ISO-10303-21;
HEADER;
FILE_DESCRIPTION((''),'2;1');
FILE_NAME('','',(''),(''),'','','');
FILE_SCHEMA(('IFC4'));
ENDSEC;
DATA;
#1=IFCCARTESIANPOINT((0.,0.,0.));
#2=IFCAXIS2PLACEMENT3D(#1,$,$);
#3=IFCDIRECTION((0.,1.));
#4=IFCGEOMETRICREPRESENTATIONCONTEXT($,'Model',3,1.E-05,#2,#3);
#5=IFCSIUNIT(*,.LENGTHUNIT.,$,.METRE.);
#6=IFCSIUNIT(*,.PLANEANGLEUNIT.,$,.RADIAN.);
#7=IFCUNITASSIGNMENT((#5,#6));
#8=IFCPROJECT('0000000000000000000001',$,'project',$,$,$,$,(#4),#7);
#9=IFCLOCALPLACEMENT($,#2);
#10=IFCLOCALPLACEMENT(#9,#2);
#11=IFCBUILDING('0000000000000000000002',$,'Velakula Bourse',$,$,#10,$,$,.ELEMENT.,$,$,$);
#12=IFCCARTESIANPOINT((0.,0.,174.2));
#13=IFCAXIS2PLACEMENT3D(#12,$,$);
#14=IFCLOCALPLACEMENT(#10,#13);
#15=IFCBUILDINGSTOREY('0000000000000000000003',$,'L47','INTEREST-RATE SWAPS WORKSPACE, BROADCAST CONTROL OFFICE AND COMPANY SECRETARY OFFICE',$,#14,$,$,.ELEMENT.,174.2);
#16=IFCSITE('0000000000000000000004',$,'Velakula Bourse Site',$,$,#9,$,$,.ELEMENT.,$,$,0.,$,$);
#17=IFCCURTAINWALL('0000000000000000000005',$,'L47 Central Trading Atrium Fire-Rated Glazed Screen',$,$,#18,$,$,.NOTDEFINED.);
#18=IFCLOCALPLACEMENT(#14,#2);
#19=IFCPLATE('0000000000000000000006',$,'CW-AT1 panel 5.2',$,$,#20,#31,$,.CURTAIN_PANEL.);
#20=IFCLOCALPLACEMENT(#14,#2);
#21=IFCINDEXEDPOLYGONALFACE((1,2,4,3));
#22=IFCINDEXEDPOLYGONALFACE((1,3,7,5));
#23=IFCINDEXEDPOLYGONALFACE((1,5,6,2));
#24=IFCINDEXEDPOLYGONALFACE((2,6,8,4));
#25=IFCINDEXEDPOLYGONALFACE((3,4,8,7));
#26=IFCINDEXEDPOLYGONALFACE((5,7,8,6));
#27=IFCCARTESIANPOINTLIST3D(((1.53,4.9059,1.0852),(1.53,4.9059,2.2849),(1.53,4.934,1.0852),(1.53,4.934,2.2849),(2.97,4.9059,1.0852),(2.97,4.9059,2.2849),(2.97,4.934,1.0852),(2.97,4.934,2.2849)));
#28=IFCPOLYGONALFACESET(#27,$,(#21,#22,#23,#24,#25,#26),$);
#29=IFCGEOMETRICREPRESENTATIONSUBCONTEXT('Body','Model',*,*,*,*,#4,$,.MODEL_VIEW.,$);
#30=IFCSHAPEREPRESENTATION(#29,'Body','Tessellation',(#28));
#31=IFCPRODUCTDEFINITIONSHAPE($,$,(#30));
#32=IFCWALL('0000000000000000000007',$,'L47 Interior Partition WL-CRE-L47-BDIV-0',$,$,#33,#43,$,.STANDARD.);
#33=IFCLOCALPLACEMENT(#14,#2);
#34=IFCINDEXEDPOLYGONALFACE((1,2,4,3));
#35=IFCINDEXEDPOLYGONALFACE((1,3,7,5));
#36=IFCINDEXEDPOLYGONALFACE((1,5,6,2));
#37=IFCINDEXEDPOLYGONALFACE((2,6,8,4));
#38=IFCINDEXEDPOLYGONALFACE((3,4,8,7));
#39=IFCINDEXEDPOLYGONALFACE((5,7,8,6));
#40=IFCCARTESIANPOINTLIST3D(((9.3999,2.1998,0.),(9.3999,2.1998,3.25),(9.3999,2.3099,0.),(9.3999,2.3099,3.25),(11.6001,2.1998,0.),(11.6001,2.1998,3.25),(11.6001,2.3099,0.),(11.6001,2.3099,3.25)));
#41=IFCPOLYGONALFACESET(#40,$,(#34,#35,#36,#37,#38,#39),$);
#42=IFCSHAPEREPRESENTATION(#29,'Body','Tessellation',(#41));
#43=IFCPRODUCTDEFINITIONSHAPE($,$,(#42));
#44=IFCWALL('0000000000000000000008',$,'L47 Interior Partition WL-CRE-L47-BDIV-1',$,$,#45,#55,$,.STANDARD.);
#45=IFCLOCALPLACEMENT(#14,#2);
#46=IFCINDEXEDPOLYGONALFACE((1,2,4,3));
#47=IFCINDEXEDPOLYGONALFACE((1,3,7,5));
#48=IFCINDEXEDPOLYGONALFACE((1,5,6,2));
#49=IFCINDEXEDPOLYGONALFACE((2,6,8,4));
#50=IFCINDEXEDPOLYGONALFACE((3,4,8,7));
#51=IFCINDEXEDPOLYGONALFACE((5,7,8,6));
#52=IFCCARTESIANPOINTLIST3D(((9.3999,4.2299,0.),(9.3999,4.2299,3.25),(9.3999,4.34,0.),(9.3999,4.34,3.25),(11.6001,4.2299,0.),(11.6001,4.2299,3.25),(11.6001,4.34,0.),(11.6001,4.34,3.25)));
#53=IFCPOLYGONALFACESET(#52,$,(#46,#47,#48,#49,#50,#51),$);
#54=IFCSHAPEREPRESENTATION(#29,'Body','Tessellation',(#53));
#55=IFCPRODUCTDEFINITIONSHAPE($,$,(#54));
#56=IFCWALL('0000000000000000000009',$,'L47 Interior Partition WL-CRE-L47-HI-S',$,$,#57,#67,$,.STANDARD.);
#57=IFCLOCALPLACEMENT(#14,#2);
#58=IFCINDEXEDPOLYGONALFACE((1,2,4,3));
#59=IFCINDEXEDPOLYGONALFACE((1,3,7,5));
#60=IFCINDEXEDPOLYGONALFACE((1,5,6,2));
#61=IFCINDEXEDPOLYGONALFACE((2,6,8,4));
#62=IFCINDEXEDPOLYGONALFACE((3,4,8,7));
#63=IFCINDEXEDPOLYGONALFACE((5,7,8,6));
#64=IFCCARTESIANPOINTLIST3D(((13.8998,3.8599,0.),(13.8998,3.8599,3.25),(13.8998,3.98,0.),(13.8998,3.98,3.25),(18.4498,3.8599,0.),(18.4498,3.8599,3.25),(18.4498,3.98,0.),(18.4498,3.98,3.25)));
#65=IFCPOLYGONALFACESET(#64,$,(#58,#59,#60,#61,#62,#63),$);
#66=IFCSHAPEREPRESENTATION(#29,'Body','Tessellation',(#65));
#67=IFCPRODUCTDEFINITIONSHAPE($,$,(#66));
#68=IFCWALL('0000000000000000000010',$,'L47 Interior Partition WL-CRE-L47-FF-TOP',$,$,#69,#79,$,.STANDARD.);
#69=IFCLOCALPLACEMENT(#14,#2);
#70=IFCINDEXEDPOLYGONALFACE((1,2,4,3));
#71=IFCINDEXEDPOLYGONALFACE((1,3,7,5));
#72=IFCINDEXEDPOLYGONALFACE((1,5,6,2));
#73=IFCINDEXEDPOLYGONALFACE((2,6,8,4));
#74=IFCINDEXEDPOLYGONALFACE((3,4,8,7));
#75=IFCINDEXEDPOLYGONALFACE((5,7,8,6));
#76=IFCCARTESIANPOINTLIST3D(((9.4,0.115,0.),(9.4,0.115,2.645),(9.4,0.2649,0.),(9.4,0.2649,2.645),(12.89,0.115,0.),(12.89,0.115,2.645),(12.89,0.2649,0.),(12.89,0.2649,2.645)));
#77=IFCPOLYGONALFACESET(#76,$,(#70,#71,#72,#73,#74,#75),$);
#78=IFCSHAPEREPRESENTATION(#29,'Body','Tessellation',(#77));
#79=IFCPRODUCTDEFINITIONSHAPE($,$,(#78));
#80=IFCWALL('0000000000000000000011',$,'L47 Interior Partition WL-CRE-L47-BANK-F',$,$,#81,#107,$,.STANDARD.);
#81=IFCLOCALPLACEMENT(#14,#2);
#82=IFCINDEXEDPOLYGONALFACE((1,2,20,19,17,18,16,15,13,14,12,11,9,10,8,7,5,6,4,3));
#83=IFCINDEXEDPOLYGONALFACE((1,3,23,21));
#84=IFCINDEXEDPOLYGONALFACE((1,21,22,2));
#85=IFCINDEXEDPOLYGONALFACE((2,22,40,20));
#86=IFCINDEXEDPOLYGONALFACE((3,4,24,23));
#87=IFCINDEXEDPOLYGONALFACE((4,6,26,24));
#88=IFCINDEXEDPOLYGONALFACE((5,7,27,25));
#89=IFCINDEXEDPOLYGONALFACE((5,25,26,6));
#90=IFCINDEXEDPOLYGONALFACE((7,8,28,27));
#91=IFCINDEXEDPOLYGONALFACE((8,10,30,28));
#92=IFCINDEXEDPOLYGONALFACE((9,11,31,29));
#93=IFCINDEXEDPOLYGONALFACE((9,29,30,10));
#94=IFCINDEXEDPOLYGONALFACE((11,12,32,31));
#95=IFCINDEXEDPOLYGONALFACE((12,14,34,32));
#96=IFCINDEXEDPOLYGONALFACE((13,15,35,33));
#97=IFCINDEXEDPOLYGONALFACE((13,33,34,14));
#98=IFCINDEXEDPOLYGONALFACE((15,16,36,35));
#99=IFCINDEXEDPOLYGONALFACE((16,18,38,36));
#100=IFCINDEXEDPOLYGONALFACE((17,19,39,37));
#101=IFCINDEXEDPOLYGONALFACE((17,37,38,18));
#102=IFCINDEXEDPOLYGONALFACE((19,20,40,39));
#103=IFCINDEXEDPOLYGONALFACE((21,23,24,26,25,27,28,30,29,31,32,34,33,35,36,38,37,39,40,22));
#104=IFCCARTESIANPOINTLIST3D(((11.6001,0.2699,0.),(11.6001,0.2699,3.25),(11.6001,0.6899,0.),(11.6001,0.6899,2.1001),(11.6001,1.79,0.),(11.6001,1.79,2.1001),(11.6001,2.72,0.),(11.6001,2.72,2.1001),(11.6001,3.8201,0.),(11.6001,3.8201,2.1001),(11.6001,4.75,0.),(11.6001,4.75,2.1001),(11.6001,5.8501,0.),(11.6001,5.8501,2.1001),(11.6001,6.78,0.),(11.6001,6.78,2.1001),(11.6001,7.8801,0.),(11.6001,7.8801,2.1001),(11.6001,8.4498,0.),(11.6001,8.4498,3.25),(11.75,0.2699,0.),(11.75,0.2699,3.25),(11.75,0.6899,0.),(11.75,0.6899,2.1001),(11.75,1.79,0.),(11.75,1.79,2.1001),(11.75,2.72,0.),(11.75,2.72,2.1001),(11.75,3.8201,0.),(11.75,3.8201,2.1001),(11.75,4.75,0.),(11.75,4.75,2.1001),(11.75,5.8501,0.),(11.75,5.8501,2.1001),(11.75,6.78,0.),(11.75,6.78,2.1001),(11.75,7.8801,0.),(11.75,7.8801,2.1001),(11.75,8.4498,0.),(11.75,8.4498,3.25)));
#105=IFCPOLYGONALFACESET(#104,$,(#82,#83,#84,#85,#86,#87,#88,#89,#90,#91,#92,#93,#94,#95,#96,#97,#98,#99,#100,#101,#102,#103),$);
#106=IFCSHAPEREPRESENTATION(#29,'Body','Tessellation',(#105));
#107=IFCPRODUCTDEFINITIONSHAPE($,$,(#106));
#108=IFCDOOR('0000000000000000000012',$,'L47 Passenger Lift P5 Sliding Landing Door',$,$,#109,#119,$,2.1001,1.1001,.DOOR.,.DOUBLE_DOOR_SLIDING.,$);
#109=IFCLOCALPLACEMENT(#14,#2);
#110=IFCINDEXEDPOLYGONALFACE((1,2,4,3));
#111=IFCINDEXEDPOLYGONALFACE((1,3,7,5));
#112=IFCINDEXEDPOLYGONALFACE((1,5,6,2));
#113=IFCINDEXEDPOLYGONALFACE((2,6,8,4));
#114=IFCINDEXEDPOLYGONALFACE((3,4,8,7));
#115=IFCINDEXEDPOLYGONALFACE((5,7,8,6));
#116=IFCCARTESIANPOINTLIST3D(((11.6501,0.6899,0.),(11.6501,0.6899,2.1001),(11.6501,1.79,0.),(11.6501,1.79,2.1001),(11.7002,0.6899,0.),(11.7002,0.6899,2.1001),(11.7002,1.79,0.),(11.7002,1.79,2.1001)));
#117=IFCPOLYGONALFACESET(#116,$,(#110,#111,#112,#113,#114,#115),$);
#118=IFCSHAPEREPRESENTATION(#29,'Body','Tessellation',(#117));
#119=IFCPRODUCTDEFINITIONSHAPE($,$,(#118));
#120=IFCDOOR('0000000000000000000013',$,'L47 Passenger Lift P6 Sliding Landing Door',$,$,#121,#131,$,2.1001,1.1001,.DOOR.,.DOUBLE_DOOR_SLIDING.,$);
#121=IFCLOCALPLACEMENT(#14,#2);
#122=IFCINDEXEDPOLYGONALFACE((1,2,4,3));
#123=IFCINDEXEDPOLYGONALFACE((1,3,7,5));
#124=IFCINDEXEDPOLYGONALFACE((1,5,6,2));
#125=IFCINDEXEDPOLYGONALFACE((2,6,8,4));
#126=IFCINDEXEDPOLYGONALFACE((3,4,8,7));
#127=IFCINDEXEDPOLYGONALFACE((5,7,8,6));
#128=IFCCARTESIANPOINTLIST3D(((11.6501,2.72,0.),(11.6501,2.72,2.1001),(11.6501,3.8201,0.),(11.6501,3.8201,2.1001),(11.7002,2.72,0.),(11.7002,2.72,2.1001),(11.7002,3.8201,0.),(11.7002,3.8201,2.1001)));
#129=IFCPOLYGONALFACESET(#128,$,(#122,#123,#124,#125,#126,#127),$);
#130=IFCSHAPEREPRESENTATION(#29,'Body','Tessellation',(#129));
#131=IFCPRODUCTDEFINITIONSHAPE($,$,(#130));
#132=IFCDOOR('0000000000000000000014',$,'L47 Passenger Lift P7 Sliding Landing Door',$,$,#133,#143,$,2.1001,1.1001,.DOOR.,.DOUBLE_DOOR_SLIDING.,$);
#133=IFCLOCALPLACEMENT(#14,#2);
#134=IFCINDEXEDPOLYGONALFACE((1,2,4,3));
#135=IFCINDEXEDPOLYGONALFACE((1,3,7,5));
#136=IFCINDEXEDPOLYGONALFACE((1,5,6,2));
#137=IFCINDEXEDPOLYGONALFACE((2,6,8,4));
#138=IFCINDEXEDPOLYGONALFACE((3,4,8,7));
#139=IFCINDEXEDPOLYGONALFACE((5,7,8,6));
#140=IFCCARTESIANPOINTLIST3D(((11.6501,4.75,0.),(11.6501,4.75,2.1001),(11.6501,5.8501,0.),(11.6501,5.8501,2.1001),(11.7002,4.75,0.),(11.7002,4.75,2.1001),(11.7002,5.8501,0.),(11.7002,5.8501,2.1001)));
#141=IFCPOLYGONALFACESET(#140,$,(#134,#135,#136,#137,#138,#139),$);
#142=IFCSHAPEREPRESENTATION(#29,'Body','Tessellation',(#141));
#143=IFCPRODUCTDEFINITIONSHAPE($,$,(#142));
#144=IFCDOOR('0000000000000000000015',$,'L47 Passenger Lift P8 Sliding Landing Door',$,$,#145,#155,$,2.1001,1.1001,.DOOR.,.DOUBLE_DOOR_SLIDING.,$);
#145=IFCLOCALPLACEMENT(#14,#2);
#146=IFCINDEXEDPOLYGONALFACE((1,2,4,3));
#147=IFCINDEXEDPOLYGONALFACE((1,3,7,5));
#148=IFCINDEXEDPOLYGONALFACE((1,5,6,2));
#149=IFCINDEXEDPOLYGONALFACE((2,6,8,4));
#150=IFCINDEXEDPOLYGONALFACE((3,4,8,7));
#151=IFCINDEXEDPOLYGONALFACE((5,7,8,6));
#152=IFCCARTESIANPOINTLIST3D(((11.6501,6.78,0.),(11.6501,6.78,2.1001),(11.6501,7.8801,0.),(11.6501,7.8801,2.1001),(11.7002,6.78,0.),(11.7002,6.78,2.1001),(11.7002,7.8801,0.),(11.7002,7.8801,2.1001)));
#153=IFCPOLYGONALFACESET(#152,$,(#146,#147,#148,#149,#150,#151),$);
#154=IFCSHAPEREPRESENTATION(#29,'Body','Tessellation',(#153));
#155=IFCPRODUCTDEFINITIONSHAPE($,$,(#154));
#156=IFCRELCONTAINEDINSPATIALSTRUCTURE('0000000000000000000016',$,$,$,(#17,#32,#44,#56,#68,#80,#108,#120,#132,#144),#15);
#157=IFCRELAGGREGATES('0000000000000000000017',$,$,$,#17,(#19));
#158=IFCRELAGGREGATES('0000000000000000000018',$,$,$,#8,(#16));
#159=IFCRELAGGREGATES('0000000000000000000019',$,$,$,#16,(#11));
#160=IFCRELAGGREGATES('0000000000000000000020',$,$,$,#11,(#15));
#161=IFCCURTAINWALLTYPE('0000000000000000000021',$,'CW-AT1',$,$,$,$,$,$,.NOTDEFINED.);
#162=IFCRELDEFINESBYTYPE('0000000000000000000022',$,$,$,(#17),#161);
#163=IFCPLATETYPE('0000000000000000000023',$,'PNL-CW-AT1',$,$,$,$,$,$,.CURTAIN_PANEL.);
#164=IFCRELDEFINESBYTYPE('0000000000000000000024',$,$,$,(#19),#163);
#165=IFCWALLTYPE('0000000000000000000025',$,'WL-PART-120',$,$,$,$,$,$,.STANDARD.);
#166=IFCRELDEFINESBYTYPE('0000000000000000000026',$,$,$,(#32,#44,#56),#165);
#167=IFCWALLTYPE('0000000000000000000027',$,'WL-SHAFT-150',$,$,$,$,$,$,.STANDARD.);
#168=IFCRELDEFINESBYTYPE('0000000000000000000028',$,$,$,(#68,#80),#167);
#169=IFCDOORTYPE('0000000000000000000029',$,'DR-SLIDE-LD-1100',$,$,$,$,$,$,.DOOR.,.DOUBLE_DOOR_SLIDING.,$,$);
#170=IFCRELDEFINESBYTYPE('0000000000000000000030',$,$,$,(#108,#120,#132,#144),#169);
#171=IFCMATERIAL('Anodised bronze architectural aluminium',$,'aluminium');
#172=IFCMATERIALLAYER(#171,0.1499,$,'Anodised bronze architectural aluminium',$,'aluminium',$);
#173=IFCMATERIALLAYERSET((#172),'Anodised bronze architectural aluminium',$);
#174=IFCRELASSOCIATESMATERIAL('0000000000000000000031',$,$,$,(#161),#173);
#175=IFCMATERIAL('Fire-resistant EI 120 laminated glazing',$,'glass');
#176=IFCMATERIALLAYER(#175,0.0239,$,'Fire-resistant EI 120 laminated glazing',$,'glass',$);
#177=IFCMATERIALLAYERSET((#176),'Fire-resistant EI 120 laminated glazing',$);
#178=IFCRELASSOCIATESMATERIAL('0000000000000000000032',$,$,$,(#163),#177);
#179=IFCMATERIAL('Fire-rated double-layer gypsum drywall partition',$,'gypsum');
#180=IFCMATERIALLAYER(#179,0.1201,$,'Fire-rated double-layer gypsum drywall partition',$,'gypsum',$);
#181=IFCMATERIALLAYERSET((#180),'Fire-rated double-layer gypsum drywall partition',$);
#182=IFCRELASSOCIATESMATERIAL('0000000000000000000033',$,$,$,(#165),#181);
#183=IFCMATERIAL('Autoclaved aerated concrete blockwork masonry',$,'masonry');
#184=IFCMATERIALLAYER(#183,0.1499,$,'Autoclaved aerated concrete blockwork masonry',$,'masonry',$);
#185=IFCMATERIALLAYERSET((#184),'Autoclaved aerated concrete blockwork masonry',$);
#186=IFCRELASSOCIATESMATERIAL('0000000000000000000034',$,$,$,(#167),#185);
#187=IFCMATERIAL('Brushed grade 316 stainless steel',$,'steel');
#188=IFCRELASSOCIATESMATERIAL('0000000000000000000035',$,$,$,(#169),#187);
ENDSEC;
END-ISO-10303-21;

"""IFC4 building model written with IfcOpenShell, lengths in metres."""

from ifc_helpers import new_model, si_unit, direction, frame, frame_2d, origin, origin_2d, place, context, subcontext, project, spatial, rectangle, extrude, material, layer, layer_set, type_object, element, fill, aggregate, save


model = new_model("IFC4")

# Units and contexts
model_context = context("Model", 3, precision=1e-05, world=origin(), true_north=direction((0.0, 1.0)))
body_context = subcontext(model_context, "Body", "Model", "MODEL_VIEW")
ifc_project = project(units=[si_unit("LENGTHUNIT", "METRE"), si_unit("PLANEANGLEUNIT", "RADIAN")], contexts=[model_context])

# Site, building, storey
site_placement = place(None, origin())
site = spatial("IfcSite", under=ifc_project, at=site_placement, Name="Velakula Bourse Site", CompositionType="ELEMENT", RefElevation=0.0)
building_placement = place(site_placement, origin())
building = spatial("IfcBuilding", under=site, at=building_placement, Name="Velakula Bourse", CompositionType="ELEMENT")
storey_placement = place(building_placement, frame((0.0, 0.0, 174.2)))
storey = spatial("IfcBuildingStorey", under=building, at=storey_placement, Name="L47", Description="INTEREST-RATE SWAPS WORKSPACE, BROADCAST CONTROL OFFICE AND COMPANY SECRETARY OFFICE", CompositionType="ELEMENT", Elevation=174.2)

# Curtain wall, plate
ifc_material_1 = material(Name="Anodised bronze architectural aluminium", Category="aluminium")
ifc_layer_1 = layer(ifc_material_1, 0.1499, Name="Anodised bronze architectural aluminium", Category="aluminium")
ifc_layer_set_1 = layer_set([ifc_layer_1], Name="Anodised bronze architectural aluminium")
curtain_wall_type = type_object("IfcCurtainWallType", Name="CW-AT1", PredefinedType="NOTDEFINED", material=ifc_layer_set_1)
curtain_wall_placement = place(storey_placement, origin())
curtain_wall = element("IfcCurtainWall", 1, at=curtain_wall_placement, inside=storey, type_object=curtain_wall_type, Name="L47 Central Trading Atrium Fire-Rated Glazed Screen", PredefinedType="NOTDEFINED")
ifc_material_2 = material(Name="Fire-resistant EI 120 laminated glazing", Category="glass")
ifc_layer_2 = layer(ifc_material_2, 0.0239, Name="Fire-resistant EI 120 laminated glazing", Category="glass")
ifc_layer_set_2 = layer_set([ifc_layer_2], Name="Fire-resistant EI 120 laminated glazing")
plate_type = type_object("IfcPlateType", Name="PNL-CW-AT1", PredefinedType="CURTAIN_PANEL", material=ifc_layer_set_2)
plate_1_placement = place(storey_placement, frame((2.25, 4.9199, 1.0852), z_axis=(0.0, 0.0, 1.0), x_axis=(1.0, 0.0, 0.0)))
plate_1 = element("IfcPlate", 2, at=plate_1_placement, type_object=plate_type, Name="CW-AT1 panel 5.2", PredefinedType="CURTAIN_PANEL", context=body_context, shape_type="SweptSolid", body=[
    extrude(rectangle(XDim=1.4399, YDim=0.0281, at=origin_2d()), origin(), (0.0, 0.0, 1.0), 1.1997),
])
aggregate(curtain_wall, [plate_1])

# Walls
ifc_material_3 = material(Name="Fire-rated double-layer gypsum drywall partition", Category="gypsum")
ifc_layer_3 = layer(ifc_material_3, 0.1201, Name="Fire-rated double-layer gypsum drywall partition", Category="gypsum")
ifc_layer_set_3 = layer_set([ifc_layer_3], Name="Fire-rated double-layer gypsum drywall partition")
wall_type_1 = type_object("IfcWallType", Name="WL-PART-120", PredefinedType="STANDARD", material=ifc_layer_set_3)
for number, where, z_axis, x_axis, name in (
    (3, (9.3999, 2.2549, 0.0), (0.0, 0.0, 1.0), (1.0, 0.0, 0.0), "L47 Interior Partition WL-CRE-L47-BDIV-0"),
    (4, (9.3999, 4.2849, 0.0), (0.0, 0.0, 1.0), (1.0, 0.0, 0.0), "L47 Interior Partition WL-CRE-L47-BDIV-1"),
):
    element("IfcWall", number, at=place(storey_placement, frame(where, z_axis=z_axis, x_axis=x_axis)), inside=storey, type_object=wall_type_1, Name=name, PredefinedType="STANDARD", context=body_context, shape_type="SweptSolid", body=[
        extrude(rectangle(XDim=2.2002, YDim=0.1101, at=frame_2d((1.1001, 0.0))), origin(), (0.0, 0.0, 1.0), 3.25),
    ])
wall_1_placement = place(storey_placement, frame((13.8999, 3.9199, 0.0), z_axis=(0.0, 0.0, 1.0), x_axis=(1.0, 0.0, 0.0)))
element("IfcWall", 5, at=wall_1_placement, inside=storey, type_object=wall_type_1, Name="L47 Interior Partition WL-CRE-L47-HI-S", PredefinedType="STANDARD", context=body_context, shape_type="SweptSolid", body=[
    extrude(rectangle(XDim=4.55, YDim=0.1201, at=frame_2d((2.2749, 0.0))), origin(), (0.0, 0.0, 1.0), 3.25),
])
ifc_material_4 = material(Name="Autoclaved aerated concrete blockwork masonry", Category="masonry")
ifc_layer_4 = layer(ifc_material_4, 0.1499, Name="Autoclaved aerated concrete blockwork masonry", Category="masonry")
ifc_layer_set_4 = layer_set([ifc_layer_4], Name="Autoclaved aerated concrete blockwork masonry")
wall_type_2 = type_object("IfcWallType", Name="WL-SHAFT-150", PredefinedType="STANDARD", material=ifc_layer_set_4)
wall_2_placement = place(storey_placement, frame((9.3999, 0.1899, 0.0), z_axis=(0.0, 0.0, 1.0), x_axis=(1.0, 0.0, 0.0)))
element("IfcWall", 6, at=wall_2_placement, inside=storey, type_object=wall_type_2, Name="L47 Interior Partition WL-CRE-L47-FF-TOP", PredefinedType="STANDARD", context=body_context, shape_type="SweptSolid", body=[
    extrude(rectangle(XDim=3.49, YDim=0.1499, at=frame_2d((1.7451, 0.0))), origin(), (0.0, 0.0, 1.0), 2.645),
])

# Wall, openings, doors
wall_3_placement = place(storey_placement, frame((11.675, 0.27, 0.0), z_axis=(0.0, 0.0, 1.0), x_axis=(0.0, 1.0, 0.0)))
wall_3 = element("IfcWall", 7, at=wall_3_placement, inside=storey, type_object=wall_type_2, Name="L47 Interior Partition WL-CRE-L47-BANK-F", PredefinedType="STANDARD", context=body_context, shape_type="SweptSolid", body=[
    extrude(rectangle(XDim=8.1799, YDim=0.1499, at=frame_2d((4.0898, 0.0))), origin(), (0.0, 0.0, 1.0), 3.25),
])
opening_1_placement = place(wall_3_placement, frame((0.4199, 0.0, 0.0)))
opening_1 = element("IfcOpeningElement", 8, at=opening_1_placement, cuts=wall_3, PredefinedType="OPENING", context=body_context, shape_type="SweptSolid", body=[
    extrude(rectangle(XDim=1.1001, YDim=2.1001, at=frame_2d((0.55, 1.05))), frame((0.0, 0.085, 0.0), z_axis=(0.0, -1.0, 0.0), x_axis=(1.0, 0.0, 0.0)), (0.0, 0.0, 1.0), 0.1699),
])
opening_2_placement = place(wall_3_placement, frame((2.45, 0.0, 0.0)))
opening_2 = element("IfcOpeningElement", 9, at=opening_2_placement, cuts=wall_3, PredefinedType="OPENING", context=body_context, shape_type="SweptSolid", body=[
    extrude(rectangle(XDim=1.1001, YDim=2.1001, at=frame_2d((0.55, 1.05))), frame((0.0, 0.085, 0.0), z_axis=(0.0, -1.0, 0.0), x_axis=(1.0, 0.0, 0.0)), (0.0, 0.0, 1.0), 0.1699),
])
opening_3_placement = place(wall_3_placement, frame((4.48, 0.0, 0.0)))
opening_3 = element("IfcOpeningElement", 10, at=opening_3_placement, cuts=wall_3, PredefinedType="OPENING", context=body_context, shape_type="SweptSolid", body=[
    extrude(rectangle(XDim=1.1001, YDim=2.1001, at=frame_2d((0.55, 1.05))), frame((0.0, 0.085, 0.0), z_axis=(0.0, -1.0, 0.0), x_axis=(1.0, 0.0, 0.0)), (0.0, 0.0, 1.0), 0.1699),
])
opening_4_placement = place(wall_3_placement, frame((6.51, 0.0, 0.0)))
opening_4 = element("IfcOpeningElement", 11, at=opening_4_placement, cuts=wall_3, PredefinedType="OPENING", context=body_context, shape_type="SweptSolid", body=[
    extrude(rectangle(XDim=1.1001, YDim=2.1001, at=frame_2d((0.55, 1.05))), frame((0.0, 0.085, 0.0), z_axis=(0.0, -1.0, 0.0), x_axis=(1.0, 0.0, 0.0)), (0.0, 0.0, 1.0), 0.1699),
])
ifc_material_5 = material(Name="Brushed grade 316 stainless steel", Category="steel")
door_type_1 = type_object("IfcDoorType", Name="DR-SLIDE-LD-1100", OperationType="DOUBLE_DOOR_SLIDING", PredefinedType="DOOR", material=ifc_material_5)
door_1_placement = place(opening_1_placement, origin())
door_1 = element("IfcDoor", 12, at=door_1_placement, inside=storey, type_object=door_type_1, Name="L47 Passenger Lift P5 Sliding Landing Door", OperationType="DOUBLE_DOOR_SLIDING", OverallHeight=2.1001, OverallWidth=1.1001, PredefinedType="DOOR", context=body_context, shape_type="SweptSolid", body=[
    extrude(rectangle(XDim=1.1001, YDim=2.1001, at=frame_2d((0.55, 1.05))), frame((0.0, 0.0249, 0.0), z_axis=(0.0, -1.0, 0.0), x_axis=(1.0, 0.0, 0.0)), (0.0, 0.0, 1.0), 0.05),
])
fill(opening_1, door_1)
door_2_placement = place(opening_2_placement, origin())
door_2 = element("IfcDoor", 13, at=door_2_placement, inside=storey, type_object=door_type_1, Name="L47 Passenger Lift P6 Sliding Landing Door", OperationType="DOUBLE_DOOR_SLIDING", OverallHeight=2.1001, OverallWidth=1.1001, PredefinedType="DOOR", context=body_context, shape_type="SweptSolid", body=[
    extrude(rectangle(XDim=1.1001, YDim=2.1001, at=frame_2d((0.55, 1.05))), frame((0.0, 0.0249, 0.0), z_axis=(0.0, -1.0, 0.0), x_axis=(1.0, 0.0, 0.0)), (0.0, 0.0, 1.0), 0.05),
])
fill(opening_2, door_2)
door_3_placement = place(opening_3_placement, origin())
door_3 = element("IfcDoor", 14, at=door_3_placement, inside=storey, type_object=door_type_1, Name="L47 Passenger Lift P7 Sliding Landing Door", OperationType="DOUBLE_DOOR_SLIDING", OverallHeight=2.1001, OverallWidth=1.1001, PredefinedType="DOOR", context=body_context, shape_type="SweptSolid", body=[
    extrude(rectangle(XDim=1.1001, YDim=2.1001, at=frame_2d((0.55, 1.05))), frame((0.0, 0.0249, 0.0), z_axis=(0.0, -1.0, 0.0), x_axis=(1.0, 0.0, 0.0)), (0.0, 0.0, 1.0), 0.05),
])
fill(opening_3, door_3)
door_4_placement = place(opening_4_placement, origin())
door_4 = element("IfcDoor", 15, at=door_4_placement, inside=storey, type_object=door_type_1, Name="L47 Passenger Lift P8 Sliding Landing Door", OperationType="DOUBLE_DOOR_SLIDING", OverallHeight=2.1001, OverallWidth=1.1001, PredefinedType="DOOR", context=body_context, shape_type="SweptSolid", body=[
    extrude(rectangle(XDim=1.1001, YDim=2.1001, at=frame_2d((0.55, 1.05))), frame((0.0, 0.0249, 0.0), z_axis=(0.0, -1.0, 0.0), x_axis=(1.0, 0.0, 0.0)), (0.0, 0.0, 1.0), 0.05),
])
fill(opening_4, door_4)

save(model, "model.ifc")
